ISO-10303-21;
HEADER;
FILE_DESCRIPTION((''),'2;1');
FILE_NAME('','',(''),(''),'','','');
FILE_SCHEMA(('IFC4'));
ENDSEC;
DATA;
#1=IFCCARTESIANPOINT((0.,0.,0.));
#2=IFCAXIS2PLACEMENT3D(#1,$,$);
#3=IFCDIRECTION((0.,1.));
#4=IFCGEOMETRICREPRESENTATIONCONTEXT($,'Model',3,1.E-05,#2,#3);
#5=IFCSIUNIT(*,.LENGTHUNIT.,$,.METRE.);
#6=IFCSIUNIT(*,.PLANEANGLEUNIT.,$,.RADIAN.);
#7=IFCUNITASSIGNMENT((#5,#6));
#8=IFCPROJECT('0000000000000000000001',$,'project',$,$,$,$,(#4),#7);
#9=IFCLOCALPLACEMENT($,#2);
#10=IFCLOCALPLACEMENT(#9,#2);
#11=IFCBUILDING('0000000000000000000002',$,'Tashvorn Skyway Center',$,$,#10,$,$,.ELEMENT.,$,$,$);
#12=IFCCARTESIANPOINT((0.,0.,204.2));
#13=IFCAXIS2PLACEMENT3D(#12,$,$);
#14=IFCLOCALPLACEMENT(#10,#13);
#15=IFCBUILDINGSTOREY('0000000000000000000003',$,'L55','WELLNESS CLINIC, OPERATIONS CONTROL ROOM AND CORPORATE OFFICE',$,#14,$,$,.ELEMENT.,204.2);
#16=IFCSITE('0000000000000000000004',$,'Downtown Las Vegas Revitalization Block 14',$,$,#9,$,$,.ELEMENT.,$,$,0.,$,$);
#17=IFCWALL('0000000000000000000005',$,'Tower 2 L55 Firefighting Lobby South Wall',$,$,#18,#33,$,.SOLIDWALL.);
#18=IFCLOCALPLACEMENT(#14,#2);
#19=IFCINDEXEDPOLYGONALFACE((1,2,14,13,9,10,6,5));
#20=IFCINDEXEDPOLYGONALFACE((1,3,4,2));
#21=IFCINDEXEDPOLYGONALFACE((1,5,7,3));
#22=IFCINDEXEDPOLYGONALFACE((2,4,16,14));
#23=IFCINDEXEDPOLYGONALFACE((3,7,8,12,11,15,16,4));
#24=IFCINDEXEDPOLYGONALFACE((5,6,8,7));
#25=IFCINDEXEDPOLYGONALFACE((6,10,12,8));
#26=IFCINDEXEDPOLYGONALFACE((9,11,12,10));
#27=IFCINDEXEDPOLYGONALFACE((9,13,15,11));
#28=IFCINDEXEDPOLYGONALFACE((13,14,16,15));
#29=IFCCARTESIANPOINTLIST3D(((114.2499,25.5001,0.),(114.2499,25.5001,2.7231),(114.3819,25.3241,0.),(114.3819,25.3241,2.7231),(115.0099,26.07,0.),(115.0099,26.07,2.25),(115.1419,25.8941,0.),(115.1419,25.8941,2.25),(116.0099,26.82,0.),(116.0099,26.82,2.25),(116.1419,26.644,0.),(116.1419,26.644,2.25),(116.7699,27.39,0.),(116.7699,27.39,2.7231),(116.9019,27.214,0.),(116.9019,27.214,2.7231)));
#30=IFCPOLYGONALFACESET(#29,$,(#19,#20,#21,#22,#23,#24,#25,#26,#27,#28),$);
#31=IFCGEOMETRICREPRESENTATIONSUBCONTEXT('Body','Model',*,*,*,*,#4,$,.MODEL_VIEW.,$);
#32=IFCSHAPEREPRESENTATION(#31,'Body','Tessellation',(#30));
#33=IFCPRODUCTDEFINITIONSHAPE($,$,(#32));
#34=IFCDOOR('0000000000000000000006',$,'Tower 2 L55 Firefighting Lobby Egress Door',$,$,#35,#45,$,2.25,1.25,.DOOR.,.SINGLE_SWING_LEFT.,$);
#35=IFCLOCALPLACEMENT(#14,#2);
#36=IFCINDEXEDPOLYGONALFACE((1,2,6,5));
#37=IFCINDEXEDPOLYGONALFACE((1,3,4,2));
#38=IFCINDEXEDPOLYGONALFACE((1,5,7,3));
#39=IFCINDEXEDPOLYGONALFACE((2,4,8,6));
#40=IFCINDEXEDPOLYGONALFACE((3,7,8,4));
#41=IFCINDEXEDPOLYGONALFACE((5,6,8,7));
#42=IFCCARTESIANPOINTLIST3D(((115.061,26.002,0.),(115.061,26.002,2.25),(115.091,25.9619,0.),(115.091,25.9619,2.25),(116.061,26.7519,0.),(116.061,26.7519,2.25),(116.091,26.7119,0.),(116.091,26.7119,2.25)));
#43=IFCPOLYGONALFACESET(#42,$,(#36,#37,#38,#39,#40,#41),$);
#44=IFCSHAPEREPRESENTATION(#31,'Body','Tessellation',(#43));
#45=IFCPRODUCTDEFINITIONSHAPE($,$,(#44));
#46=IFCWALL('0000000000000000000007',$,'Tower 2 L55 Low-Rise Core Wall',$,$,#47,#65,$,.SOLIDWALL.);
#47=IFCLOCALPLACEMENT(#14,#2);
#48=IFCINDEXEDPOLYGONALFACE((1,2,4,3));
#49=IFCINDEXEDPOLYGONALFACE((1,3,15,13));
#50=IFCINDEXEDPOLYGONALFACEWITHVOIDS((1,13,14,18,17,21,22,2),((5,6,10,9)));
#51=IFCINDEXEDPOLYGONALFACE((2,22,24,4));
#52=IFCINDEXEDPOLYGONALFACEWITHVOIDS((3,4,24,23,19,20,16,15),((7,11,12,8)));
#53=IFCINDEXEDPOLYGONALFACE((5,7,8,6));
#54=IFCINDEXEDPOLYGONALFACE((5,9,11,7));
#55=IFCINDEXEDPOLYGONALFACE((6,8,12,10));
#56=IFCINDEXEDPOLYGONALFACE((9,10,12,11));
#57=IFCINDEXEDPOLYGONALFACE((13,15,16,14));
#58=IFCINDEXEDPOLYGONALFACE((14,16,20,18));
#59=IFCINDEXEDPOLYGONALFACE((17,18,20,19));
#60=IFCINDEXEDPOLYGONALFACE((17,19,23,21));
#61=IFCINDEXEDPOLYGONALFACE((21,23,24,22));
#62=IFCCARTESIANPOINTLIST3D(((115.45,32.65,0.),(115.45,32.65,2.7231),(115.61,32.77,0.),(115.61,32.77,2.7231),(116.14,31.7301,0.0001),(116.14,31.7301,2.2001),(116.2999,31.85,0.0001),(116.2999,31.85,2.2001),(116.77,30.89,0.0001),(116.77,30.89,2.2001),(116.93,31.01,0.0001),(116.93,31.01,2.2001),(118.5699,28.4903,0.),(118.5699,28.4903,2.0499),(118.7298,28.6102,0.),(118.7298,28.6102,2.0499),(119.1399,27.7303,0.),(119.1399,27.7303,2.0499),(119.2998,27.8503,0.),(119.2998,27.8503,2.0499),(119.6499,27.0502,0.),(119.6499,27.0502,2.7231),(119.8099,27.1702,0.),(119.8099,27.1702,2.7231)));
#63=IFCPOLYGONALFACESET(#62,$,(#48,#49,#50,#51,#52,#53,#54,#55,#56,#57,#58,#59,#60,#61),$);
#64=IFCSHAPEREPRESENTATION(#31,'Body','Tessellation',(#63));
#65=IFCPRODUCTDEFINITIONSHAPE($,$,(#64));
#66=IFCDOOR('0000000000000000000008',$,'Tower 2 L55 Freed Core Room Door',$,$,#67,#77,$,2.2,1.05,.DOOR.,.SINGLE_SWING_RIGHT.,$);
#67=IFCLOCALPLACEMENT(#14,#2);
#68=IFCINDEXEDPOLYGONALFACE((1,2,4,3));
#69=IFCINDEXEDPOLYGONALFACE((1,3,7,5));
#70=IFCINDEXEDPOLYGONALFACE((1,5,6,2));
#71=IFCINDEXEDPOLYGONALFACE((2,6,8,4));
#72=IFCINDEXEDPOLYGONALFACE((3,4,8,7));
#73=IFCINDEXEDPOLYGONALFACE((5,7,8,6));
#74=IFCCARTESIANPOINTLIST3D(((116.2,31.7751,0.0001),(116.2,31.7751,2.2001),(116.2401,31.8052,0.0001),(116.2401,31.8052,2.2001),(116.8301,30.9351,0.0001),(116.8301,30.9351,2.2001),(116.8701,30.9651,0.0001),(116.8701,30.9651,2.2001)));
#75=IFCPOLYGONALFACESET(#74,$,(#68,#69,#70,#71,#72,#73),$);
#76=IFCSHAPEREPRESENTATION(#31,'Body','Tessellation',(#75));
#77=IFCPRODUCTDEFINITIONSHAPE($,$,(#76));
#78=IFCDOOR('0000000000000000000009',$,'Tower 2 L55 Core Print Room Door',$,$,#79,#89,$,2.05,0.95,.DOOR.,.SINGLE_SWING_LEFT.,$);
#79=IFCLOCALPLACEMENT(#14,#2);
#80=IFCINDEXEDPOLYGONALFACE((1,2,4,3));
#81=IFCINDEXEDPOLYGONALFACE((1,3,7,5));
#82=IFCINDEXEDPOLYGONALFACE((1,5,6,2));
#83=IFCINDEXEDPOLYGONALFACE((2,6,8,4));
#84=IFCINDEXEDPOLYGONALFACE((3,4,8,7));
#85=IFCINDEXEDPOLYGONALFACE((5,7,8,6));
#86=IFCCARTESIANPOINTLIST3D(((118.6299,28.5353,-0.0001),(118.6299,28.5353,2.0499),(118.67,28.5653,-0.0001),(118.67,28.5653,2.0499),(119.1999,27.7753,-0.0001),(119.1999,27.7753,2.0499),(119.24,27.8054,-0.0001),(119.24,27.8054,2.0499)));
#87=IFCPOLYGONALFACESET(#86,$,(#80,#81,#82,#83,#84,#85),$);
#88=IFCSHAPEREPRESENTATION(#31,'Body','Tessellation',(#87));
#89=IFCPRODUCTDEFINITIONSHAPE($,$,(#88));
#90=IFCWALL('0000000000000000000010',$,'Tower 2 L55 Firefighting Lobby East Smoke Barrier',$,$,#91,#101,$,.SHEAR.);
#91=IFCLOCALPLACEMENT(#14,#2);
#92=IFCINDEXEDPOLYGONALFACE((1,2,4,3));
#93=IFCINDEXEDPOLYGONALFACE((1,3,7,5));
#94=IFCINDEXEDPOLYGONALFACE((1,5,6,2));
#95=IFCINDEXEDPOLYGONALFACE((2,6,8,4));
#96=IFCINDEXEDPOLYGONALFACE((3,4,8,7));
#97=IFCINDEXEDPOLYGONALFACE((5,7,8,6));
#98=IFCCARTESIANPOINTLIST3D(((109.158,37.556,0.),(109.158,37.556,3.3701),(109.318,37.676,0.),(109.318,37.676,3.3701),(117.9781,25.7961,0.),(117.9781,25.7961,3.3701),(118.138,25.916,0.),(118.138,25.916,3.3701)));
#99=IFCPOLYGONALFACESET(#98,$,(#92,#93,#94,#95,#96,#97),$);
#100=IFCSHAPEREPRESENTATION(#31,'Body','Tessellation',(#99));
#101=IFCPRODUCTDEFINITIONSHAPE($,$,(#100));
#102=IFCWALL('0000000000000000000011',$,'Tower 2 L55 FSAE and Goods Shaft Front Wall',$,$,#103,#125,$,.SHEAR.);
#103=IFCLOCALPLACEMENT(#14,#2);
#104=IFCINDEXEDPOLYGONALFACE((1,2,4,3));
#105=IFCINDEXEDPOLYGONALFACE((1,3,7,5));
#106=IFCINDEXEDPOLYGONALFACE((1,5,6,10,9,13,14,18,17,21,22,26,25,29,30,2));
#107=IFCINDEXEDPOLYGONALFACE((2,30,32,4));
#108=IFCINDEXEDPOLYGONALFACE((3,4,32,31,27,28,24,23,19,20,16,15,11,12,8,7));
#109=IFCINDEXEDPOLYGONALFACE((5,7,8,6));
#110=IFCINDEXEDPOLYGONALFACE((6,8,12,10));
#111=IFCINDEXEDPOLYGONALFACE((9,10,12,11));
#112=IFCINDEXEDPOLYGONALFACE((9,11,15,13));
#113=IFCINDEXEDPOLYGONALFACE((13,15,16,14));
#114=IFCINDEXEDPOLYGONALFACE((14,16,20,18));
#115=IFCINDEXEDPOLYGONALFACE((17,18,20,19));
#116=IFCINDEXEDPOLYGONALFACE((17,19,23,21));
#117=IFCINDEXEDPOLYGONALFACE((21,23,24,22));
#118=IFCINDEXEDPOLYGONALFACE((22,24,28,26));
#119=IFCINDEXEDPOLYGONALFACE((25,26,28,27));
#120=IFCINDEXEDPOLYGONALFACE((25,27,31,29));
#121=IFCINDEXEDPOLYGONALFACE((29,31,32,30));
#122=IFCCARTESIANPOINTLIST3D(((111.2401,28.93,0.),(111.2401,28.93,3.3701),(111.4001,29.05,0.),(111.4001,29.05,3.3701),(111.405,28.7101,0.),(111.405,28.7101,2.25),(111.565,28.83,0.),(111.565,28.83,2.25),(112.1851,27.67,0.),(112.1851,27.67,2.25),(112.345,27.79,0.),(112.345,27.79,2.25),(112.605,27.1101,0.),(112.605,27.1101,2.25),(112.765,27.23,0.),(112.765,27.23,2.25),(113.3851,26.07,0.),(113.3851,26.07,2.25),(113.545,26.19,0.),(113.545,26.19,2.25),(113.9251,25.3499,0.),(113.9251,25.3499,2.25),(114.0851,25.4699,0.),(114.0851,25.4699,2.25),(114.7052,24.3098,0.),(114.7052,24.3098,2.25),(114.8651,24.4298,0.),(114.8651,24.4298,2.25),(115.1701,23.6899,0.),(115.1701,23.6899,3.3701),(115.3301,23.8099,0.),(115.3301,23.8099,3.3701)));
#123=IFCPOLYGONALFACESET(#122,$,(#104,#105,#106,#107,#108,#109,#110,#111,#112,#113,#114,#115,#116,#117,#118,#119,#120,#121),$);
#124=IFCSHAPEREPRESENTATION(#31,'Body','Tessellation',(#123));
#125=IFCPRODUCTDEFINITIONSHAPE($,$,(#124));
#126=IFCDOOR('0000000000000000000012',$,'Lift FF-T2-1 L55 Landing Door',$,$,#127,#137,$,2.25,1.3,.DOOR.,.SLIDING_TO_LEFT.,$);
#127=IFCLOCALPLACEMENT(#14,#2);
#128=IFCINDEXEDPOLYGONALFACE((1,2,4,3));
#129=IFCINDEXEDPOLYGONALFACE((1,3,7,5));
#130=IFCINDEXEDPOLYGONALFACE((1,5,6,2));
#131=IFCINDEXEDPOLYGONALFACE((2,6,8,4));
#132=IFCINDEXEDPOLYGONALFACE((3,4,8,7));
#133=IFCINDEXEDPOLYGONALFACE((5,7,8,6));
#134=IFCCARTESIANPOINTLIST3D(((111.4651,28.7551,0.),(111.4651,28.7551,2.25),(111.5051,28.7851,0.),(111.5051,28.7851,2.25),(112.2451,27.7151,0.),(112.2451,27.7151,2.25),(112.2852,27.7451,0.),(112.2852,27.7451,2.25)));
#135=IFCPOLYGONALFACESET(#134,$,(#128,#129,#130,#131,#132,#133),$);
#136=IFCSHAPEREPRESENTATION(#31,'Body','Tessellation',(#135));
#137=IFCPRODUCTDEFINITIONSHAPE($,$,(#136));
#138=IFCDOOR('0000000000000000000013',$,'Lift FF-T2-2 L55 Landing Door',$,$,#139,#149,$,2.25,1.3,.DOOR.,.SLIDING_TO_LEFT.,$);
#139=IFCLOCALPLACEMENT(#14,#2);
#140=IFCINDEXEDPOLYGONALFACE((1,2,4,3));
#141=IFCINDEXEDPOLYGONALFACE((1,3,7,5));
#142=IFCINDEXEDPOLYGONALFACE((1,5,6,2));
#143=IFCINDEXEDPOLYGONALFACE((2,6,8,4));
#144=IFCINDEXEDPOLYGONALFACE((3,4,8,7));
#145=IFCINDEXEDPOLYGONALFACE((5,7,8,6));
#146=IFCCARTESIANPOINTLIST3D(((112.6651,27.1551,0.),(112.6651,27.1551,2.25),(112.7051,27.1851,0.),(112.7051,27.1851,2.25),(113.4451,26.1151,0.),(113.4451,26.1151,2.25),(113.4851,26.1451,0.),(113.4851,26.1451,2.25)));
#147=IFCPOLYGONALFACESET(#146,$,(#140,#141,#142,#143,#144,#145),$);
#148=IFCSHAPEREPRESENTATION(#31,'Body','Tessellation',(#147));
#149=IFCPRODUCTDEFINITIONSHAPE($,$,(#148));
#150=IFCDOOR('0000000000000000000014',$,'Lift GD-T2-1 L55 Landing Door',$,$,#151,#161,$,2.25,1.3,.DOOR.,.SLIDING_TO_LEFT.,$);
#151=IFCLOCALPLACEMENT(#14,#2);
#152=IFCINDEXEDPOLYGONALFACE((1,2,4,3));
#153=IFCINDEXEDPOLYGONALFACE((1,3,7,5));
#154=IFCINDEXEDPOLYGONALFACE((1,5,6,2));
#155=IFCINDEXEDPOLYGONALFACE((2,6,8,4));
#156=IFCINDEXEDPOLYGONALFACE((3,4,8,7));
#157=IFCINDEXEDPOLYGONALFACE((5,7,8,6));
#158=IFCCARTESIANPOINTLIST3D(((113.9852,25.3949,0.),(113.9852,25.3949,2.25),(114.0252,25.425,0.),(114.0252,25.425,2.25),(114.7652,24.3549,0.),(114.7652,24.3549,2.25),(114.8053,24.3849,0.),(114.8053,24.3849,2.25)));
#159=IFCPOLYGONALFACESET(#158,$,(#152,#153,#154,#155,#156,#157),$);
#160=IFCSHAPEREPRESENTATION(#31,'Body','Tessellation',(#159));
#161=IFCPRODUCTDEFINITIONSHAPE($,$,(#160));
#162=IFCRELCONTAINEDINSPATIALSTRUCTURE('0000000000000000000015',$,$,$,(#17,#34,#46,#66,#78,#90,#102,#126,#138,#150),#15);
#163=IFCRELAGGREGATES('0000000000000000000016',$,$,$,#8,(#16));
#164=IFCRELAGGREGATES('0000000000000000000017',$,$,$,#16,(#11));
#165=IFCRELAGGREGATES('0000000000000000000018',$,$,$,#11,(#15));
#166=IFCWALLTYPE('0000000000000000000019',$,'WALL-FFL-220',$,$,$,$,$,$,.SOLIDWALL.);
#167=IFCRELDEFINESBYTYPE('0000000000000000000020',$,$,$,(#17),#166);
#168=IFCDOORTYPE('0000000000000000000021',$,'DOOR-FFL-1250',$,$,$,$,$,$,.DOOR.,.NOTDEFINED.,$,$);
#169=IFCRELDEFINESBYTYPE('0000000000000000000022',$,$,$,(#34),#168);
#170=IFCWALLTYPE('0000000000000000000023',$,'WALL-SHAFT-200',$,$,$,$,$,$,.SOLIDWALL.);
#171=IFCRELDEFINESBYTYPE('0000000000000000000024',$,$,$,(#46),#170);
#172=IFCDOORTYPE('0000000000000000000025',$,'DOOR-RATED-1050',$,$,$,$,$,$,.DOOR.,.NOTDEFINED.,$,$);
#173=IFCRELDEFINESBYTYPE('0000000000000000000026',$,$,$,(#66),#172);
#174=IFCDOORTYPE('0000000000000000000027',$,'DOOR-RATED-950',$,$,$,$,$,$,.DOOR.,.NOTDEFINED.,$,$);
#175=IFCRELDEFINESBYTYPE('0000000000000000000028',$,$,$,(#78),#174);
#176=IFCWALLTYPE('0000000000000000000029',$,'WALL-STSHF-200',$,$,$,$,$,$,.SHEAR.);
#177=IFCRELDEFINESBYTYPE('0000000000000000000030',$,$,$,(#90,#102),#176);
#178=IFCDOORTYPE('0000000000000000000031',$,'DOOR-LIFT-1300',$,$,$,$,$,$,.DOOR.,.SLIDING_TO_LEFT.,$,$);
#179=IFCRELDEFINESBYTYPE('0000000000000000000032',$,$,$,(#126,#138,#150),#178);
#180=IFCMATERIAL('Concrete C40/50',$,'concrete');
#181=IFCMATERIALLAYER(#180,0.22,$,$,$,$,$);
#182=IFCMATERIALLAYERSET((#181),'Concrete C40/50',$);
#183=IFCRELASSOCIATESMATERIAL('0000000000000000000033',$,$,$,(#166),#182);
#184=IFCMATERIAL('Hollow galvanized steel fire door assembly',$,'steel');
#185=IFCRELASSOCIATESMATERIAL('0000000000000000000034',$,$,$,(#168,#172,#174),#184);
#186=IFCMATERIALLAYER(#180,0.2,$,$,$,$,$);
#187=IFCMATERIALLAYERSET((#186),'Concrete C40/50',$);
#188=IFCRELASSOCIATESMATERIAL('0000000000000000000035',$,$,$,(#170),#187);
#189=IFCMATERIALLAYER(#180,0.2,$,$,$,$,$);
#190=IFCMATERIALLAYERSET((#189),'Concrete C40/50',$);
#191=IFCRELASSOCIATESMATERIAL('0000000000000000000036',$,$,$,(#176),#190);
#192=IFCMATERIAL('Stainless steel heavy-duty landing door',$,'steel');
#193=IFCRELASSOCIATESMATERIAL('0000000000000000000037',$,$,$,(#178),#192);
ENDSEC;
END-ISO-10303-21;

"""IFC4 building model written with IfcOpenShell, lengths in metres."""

from ifc_helpers import new_model, si_unit, direction, frame, frame_2d, origin, place, context, subcontext, project, spatial, rectangle, extrude, material, layer, layer_set, type_object, element, fill, save


model = new_model("IFC4")

# Units and contexts
model_context = context("Model", 3, precision=1e-05, world=origin(), true_north=direction((0.0, 1.0)))
body_context = subcontext(model_context, "Body", "Model", "MODEL_VIEW")
ifc_project = project(units=[si_unit("LENGTHUNIT", "METRE"), si_unit("PLANEANGLEUNIT", "RADIAN")], contexts=[model_context])

# Site, building, storey
site_placement = place(None, origin())
site = spatial("IfcSite", under=ifc_project, at=site_placement, Name="Downtown Las Vegas Revitalization Block 14", CompositionType="ELEMENT", RefElevation=0.0)
building_placement = place(site_placement, origin())
building = spatial("IfcBuilding", under=site, at=building_placement, Name="Tashvorn Skyway Center", CompositionType="ELEMENT")
storey_placement = place(building_placement, frame((0.0, 0.0, 204.2)))
storey = spatial("IfcBuildingStorey", under=building, at=storey_placement, Name="L55", Description="WELLNESS CLINIC, OPERATIONS CONTROL ROOM AND CORPORATE OFFICE", CompositionType="ELEMENT", Elevation=204.2)

# Wall, opening, door
ifc_material_1 = material(Name="Concrete C40/50", Category="concrete")
ifc_layer_1 = layer(ifc_material_1, 0.22)
ifc_layer_set_1 = layer_set([ifc_layer_1], Name="Concrete C40/50")
wall_type_1 = type_object("IfcWallType", Name="WALL-FFL-220", PredefinedType="SOLIDWALL", material=ifc_layer_set_1)
wall_1_placement = place(storey_placement, frame((114.3159, 25.4121, 0.0), z_axis=(0.0, 0.0, 1.0), x_axis=(0.800019, 0.599975, 0.0)))
wall_1 = element("IfcWall", 1, at=wall_1_placement, inside=storey, type_object=wall_type_1, Name="Tower 2 L55 Firefighting Lobby South Wall", PredefinedType="SOLIDWALL", context=body_context, shape_type="SweptSolid", body=[
    extrude(rectangle(XDim=3.1499, YDim=0.22, at=frame_2d((1.575, 0.0))), origin(), (0.0, 0.0, 1.0), 2.7231),
])
opening_1_placement = place(wall_1_placement, frame((0.95, 0.0, 0.0)))
opening_1 = element("IfcOpeningElement", 2, at=opening_1_placement, cuts=wall_1, PredefinedType="OPENING", context=body_context, shape_type="SweptSolid", body=[
    extrude(rectangle(XDim=1.25, YDim=2.25, at=frame_2d((0.625, 1.125))), frame((0.0, 0.1199, 0.0), z_axis=(0.0, -1.0, 0.0), x_axis=(1.0, 0.0, 0.0)), (0.0, 0.0, 1.0), 0.24),
])
ifc_material_2 = material(Name="Hollow galvanized steel fire door assembly", Category="steel")
door_type_1 = type_object("IfcDoorType", Name="DOOR-FFL-1250", OperationType="NOTDEFINED", PredefinedType="DOOR", material=ifc_material_2)
door_1_placement = place(opening_1_placement, origin())
door_1 = element("IfcDoor", 3, at=door_1_placement, inside=storey, type_object=door_type_1, Name="Tower 2 L55 Firefighting Lobby Egress Door", OperationType="SINGLE_SWING_LEFT", OverallHeight=2.25, OverallWidth=1.25, PredefinedType="DOOR", context=body_context, shape_type="SweptSolid", body=[
    extrude(rectangle(XDim=1.25, YDim=2.25, at=frame_2d((0.625, 1.125))), frame((0.0, 0.0249, 0.0), z_axis=(0.0, -1.0, 0.0), x_axis=(1.0, 0.0, 0.0)), (0.0, 0.0, 1.0), 0.05),
])
fill(opening_1, door_1)

# Wall, openings, doors
ifc_layer_2 = layer(ifc_material_1, 0.2)
ifc_layer_set_2 = layer_set([ifc_layer_2], Name="Concrete C40/50")
wall_type_2 = type_object("IfcWallType", Name="WALL-SHAFT-200", PredefinedType="SOLIDWALL", material=ifc_layer_set_2)
wall_2_placement = place(storey_placement, frame((119.73, 27.1101, 0.0), z_axis=(0.0, 0.0, 1.0), x_axis=(-0.600006, 0.799996, 0.0)))
wall_2 = element("IfcWall", 4, at=wall_2_placement, inside=storey, type_object=wall_type_2, Name="Tower 2 L55 Low-Rise Core Wall", PredefinedType="SOLIDWALL", context=body_context, shape_type="SweptSolid", body=[
    extrude(rectangle(XDim=6.9998, YDim=0.2, at=frame_2d((3.5, 0.0))), origin(), (0.0, 0.0, 1.0), 2.7231),
])
opening_2_placement = place(wall_2_placement, frame((0.8501, 0.0, 0.0)))
opening_2 = element("IfcOpeningElement", 5, at=opening_2_placement, cuts=wall_2, PredefinedType="OPENING", context=body_context, shape_type="SweptSolid", body=[
    extrude(rectangle(XDim=0.95, YDim=2.05, at=frame_2d((0.4751, 1.0249))), frame((0.0, 0.1099, 0.0), z_axis=(0.0, -1.0, 0.0), x_axis=(1.0, 0.0, 0.0)), (0.0, 0.0, 1.0), 0.22),
])
opening_3_placement = place(wall_2_placement, frame((4.8, 0.0, 0.0)))
opening_3 = element("IfcOpeningElement", 6, at=opening_3_placement, cuts=wall_2, PredefinedType="OPENING", context=body_context, shape_type="SweptSolid", body=[
    extrude(rectangle(XDim=1.05, YDim=2.2, at=frame_2d((0.5249, 1.1001))), frame((0.0, 0.1099, 0.0), z_axis=(0.0, -1.0, 0.0), x_axis=(1.0, 0.0, 0.0)), (0.0, 0.0, 1.0), 0.22),
])
door_type_2 = type_object("IfcDoorType", Name="DOOR-RATED-1050", OperationType="NOTDEFINED", PredefinedType="DOOR", material=ifc_material_2)
door_2_placement = place(opening_3_placement, origin())
door_2 = element("IfcDoor", 7, at=door_2_placement, inside=storey, type_object=door_type_2, Name="Tower 2 L55 Freed Core Room Door", OperationType="SINGLE_SWING_RIGHT", OverallHeight=2.2, OverallWidth=1.05, PredefinedType="DOOR", context=body_context, shape_type="SweptSolid", body=[
    extrude(rectangle(XDim=1.05, YDim=2.2, at=frame_2d((0.5249, 1.1001))), frame((0.0, 0.0249, 0.0), z_axis=(0.0, -1.0, 0.0), x_axis=(1.0, 0.0, 0.0)), (0.0, 0.0, 1.0), 0.05),
])
fill(opening_3, door_2)
door_type_3 = type_object("IfcDoorType", Name="DOOR-RATED-950", OperationType="NOTDEFINED", PredefinedType="DOOR", material=ifc_material_2)
door_3_placement = place(opening_2_placement, origin())
door_3 = element("IfcDoor", 8, at=door_3_placement, inside=storey, type_object=door_type_3, Name="Tower 2 L55 Core Print Room Door", OperationType="SINGLE_SWING_LEFT", OverallHeight=2.05, OverallWidth=0.95, PredefinedType="DOOR", context=body_context, shape_type="SweptSolid", body=[
    extrude(rectangle(XDim=0.95, YDim=2.05, at=frame_2d((0.4751, 1.0249))), frame((0.0, 0.0249, 0.0), z_axis=(0.0, -1.0, 0.0), x_axis=(1.0, 0.0, 0.0)), (0.0, 0.0, 1.0), 0.05),
])
fill(opening_2, door_3)

# Wall
ifc_layer_3 = layer(ifc_material_1, 0.2)
ifc_layer_set_3 = layer_set([ifc_layer_3], Name="Concrete C40/50")
wall_type_3 = type_object("IfcWallType", Name="WALL-STSHF-200", PredefinedType="SHEAR", material=ifc_layer_set_3)
wall_3_placement = place(storey_placement, frame((118.0581, 25.856, 0.0), z_axis=(0.0, 0.0, 1.0), x_axis=(-0.600003, 0.799998, 0.0)))
element("IfcWall", 9, at=wall_3_placement, inside=storey, type_object=wall_type_3, Name="Tower 2 L55 Firefighting Lobby East Smoke Barrier", PredefinedType="SHEAR", context=body_context, shape_type="SweptSolid", body=[
    extrude(rectangle(XDim=14.7, YDim=0.2, at=frame_2d((7.3501, 0.0))), origin(), (0.0, 0.0, 1.0), 3.3701),
])

# Wall, openings, doors
wall_4_placement = place(storey_placement, frame((115.25, 23.75, 0.0), z_axis=(0.0, 0.0, 1.0), x_axis=(-0.599994, 0.800004, 0.0)))
wall_4 = element("IfcWall", 10, at=wall_4_placement, inside=storey, type_object=wall_type_3, Name="Tower 2 L55 FSAE and Goods Shaft Front Wall", PredefinedType="SHEAR", context=body_context, shape_type="SweptSolid", body=[
    extrude(rectangle(XDim=6.55, YDim=0.2, at=frame_2d((3.2749, 0.0))), origin(), (0.0, 0.0, 1.0), 3.3701),
])
opening_4_placement = place(wall_4_placement, frame((4.9751, 0.0, 0.0)))
opening_4 = element("IfcOpeningElement", 11, at=opening_4_placement, cuts=wall_4, PredefinedType="OPENING", context=body_context, shape_type="SweptSolid", body=[
    extrude(rectangle(XDim=1.3, YDim=2.25, at=frame_2d((0.6499, 1.125))), frame((0.0, 0.1099, 0.0), z_axis=(0.0, -1.0, 0.0), x_axis=(1.0, 0.0, 0.0)), (0.0, 0.0, 1.0), 0.22),
])
opening_5_placement = place(wall_4_placement, frame((2.9751, 0.0, 0.0)))
opening_5 = element("IfcOpeningElement", 12, at=opening_5_placement, cuts=wall_4, PredefinedType="OPENING", context=body_context, shape_type="SweptSolid", body=[
    extrude(rectangle(XDim=1.3, YDim=2.25, at=frame_2d((0.6499, 1.125))), frame((0.0, 0.1099, 0.0), z_axis=(0.0, -1.0, 0.0), x_axis=(1.0, 0.0, 0.0)), (0.0, 0.0, 1.0), 0.22),
])
opening_6_placement = place(wall_4_placement, frame((0.7749, 0.0, 0.0)))
opening_6 = element("IfcOpeningElement", 13, at=opening_6_placement, cuts=wall_4, PredefinedType="OPENING", context=body_context, shape_type="SweptSolid", body=[
    extrude(rectangle(XDim=1.3, YDim=2.25, at=frame_2d((0.6499, 1.125))), frame((0.0, 0.1099, 0.0), z_axis=(0.0, -1.0, 0.0), x_axis=(1.0, 0.0, 0.0)), (0.0, 0.0, 1.0), 0.22),
])
ifc_material_3 = material(Name="Stainless steel heavy-duty landing door", Category="steel")
door_type_4 = type_object("IfcDoorType", Name="DOOR-LIFT-1300", OperationType="SLIDING_TO_LEFT", PredefinedType="DOOR", material=ifc_material_3)
door_4_placement = place(opening_4_placement, origin())
door_4 = element("IfcDoor", 14, at=door_4_placement, inside=storey, type_object=door_type_4, Name="Lift FF-T2-1 L55 Landing Door", OperationType="SLIDING_TO_LEFT", OverallHeight=2.25, OverallWidth=1.3, PredefinedType="DOOR", context=body_context, shape_type="SweptSolid", body=[
    extrude(rectangle(XDim=1.3, YDim=2.25, at=frame_2d((0.6499, 1.125))), frame((0.0, 0.0249, 0.0), z_axis=(0.0, -1.0, 0.0), x_axis=(1.0, 0.0, 0.0)), (0.0, 0.0, 1.0), 0.05),
])
fill(opening_4, door_4)
door_5_placement = place(opening_5_placement, origin())
door_5 = element("IfcDoor", 15, at=door_5_placement, inside=storey, type_object=door_type_4, Name="Lift FF-T2-2 L55 Landing Door", OperationType="SLIDING_TO_LEFT", OverallHeight=2.25, OverallWidth=1.3, PredefinedType="DOOR", context=body_context, shape_type="SweptSolid", body=[
    extrude(rectangle(XDim=1.3, YDim=2.25, at=frame_2d((0.6499, 1.125))), frame((0.0, 0.0249, 0.0), z_axis=(0.0, -1.0, 0.0), x_axis=(1.0, 0.0, 0.0)), (0.0, 0.0, 1.0), 0.05),
])
fill(opening_5, door_5)
door_6_placement = place(opening_6_placement, origin())
door_6 = element("IfcDoor", 16, at=door_6_placement, inside=storey, type_object=door_type_4, Name="Lift GD-T2-1 L55 Landing Door", OperationType="SLIDING_TO_LEFT", OverallHeight=2.25, OverallWidth=1.3, PredefinedType="DOOR", context=body_context, shape_type="SweptSolid", body=[
    extrude(rectangle(XDim=1.3, YDim=2.25, at=frame_2d((0.6499, 1.125))), frame((0.0, 0.0249, 0.0), z_axis=(0.0, -1.0, 0.0), x_axis=(1.0, 0.0, 0.0)), (0.0, 0.0, 1.0), 0.05),
])
fill(opening_6, door_6)

save(model, "model.ifc")
